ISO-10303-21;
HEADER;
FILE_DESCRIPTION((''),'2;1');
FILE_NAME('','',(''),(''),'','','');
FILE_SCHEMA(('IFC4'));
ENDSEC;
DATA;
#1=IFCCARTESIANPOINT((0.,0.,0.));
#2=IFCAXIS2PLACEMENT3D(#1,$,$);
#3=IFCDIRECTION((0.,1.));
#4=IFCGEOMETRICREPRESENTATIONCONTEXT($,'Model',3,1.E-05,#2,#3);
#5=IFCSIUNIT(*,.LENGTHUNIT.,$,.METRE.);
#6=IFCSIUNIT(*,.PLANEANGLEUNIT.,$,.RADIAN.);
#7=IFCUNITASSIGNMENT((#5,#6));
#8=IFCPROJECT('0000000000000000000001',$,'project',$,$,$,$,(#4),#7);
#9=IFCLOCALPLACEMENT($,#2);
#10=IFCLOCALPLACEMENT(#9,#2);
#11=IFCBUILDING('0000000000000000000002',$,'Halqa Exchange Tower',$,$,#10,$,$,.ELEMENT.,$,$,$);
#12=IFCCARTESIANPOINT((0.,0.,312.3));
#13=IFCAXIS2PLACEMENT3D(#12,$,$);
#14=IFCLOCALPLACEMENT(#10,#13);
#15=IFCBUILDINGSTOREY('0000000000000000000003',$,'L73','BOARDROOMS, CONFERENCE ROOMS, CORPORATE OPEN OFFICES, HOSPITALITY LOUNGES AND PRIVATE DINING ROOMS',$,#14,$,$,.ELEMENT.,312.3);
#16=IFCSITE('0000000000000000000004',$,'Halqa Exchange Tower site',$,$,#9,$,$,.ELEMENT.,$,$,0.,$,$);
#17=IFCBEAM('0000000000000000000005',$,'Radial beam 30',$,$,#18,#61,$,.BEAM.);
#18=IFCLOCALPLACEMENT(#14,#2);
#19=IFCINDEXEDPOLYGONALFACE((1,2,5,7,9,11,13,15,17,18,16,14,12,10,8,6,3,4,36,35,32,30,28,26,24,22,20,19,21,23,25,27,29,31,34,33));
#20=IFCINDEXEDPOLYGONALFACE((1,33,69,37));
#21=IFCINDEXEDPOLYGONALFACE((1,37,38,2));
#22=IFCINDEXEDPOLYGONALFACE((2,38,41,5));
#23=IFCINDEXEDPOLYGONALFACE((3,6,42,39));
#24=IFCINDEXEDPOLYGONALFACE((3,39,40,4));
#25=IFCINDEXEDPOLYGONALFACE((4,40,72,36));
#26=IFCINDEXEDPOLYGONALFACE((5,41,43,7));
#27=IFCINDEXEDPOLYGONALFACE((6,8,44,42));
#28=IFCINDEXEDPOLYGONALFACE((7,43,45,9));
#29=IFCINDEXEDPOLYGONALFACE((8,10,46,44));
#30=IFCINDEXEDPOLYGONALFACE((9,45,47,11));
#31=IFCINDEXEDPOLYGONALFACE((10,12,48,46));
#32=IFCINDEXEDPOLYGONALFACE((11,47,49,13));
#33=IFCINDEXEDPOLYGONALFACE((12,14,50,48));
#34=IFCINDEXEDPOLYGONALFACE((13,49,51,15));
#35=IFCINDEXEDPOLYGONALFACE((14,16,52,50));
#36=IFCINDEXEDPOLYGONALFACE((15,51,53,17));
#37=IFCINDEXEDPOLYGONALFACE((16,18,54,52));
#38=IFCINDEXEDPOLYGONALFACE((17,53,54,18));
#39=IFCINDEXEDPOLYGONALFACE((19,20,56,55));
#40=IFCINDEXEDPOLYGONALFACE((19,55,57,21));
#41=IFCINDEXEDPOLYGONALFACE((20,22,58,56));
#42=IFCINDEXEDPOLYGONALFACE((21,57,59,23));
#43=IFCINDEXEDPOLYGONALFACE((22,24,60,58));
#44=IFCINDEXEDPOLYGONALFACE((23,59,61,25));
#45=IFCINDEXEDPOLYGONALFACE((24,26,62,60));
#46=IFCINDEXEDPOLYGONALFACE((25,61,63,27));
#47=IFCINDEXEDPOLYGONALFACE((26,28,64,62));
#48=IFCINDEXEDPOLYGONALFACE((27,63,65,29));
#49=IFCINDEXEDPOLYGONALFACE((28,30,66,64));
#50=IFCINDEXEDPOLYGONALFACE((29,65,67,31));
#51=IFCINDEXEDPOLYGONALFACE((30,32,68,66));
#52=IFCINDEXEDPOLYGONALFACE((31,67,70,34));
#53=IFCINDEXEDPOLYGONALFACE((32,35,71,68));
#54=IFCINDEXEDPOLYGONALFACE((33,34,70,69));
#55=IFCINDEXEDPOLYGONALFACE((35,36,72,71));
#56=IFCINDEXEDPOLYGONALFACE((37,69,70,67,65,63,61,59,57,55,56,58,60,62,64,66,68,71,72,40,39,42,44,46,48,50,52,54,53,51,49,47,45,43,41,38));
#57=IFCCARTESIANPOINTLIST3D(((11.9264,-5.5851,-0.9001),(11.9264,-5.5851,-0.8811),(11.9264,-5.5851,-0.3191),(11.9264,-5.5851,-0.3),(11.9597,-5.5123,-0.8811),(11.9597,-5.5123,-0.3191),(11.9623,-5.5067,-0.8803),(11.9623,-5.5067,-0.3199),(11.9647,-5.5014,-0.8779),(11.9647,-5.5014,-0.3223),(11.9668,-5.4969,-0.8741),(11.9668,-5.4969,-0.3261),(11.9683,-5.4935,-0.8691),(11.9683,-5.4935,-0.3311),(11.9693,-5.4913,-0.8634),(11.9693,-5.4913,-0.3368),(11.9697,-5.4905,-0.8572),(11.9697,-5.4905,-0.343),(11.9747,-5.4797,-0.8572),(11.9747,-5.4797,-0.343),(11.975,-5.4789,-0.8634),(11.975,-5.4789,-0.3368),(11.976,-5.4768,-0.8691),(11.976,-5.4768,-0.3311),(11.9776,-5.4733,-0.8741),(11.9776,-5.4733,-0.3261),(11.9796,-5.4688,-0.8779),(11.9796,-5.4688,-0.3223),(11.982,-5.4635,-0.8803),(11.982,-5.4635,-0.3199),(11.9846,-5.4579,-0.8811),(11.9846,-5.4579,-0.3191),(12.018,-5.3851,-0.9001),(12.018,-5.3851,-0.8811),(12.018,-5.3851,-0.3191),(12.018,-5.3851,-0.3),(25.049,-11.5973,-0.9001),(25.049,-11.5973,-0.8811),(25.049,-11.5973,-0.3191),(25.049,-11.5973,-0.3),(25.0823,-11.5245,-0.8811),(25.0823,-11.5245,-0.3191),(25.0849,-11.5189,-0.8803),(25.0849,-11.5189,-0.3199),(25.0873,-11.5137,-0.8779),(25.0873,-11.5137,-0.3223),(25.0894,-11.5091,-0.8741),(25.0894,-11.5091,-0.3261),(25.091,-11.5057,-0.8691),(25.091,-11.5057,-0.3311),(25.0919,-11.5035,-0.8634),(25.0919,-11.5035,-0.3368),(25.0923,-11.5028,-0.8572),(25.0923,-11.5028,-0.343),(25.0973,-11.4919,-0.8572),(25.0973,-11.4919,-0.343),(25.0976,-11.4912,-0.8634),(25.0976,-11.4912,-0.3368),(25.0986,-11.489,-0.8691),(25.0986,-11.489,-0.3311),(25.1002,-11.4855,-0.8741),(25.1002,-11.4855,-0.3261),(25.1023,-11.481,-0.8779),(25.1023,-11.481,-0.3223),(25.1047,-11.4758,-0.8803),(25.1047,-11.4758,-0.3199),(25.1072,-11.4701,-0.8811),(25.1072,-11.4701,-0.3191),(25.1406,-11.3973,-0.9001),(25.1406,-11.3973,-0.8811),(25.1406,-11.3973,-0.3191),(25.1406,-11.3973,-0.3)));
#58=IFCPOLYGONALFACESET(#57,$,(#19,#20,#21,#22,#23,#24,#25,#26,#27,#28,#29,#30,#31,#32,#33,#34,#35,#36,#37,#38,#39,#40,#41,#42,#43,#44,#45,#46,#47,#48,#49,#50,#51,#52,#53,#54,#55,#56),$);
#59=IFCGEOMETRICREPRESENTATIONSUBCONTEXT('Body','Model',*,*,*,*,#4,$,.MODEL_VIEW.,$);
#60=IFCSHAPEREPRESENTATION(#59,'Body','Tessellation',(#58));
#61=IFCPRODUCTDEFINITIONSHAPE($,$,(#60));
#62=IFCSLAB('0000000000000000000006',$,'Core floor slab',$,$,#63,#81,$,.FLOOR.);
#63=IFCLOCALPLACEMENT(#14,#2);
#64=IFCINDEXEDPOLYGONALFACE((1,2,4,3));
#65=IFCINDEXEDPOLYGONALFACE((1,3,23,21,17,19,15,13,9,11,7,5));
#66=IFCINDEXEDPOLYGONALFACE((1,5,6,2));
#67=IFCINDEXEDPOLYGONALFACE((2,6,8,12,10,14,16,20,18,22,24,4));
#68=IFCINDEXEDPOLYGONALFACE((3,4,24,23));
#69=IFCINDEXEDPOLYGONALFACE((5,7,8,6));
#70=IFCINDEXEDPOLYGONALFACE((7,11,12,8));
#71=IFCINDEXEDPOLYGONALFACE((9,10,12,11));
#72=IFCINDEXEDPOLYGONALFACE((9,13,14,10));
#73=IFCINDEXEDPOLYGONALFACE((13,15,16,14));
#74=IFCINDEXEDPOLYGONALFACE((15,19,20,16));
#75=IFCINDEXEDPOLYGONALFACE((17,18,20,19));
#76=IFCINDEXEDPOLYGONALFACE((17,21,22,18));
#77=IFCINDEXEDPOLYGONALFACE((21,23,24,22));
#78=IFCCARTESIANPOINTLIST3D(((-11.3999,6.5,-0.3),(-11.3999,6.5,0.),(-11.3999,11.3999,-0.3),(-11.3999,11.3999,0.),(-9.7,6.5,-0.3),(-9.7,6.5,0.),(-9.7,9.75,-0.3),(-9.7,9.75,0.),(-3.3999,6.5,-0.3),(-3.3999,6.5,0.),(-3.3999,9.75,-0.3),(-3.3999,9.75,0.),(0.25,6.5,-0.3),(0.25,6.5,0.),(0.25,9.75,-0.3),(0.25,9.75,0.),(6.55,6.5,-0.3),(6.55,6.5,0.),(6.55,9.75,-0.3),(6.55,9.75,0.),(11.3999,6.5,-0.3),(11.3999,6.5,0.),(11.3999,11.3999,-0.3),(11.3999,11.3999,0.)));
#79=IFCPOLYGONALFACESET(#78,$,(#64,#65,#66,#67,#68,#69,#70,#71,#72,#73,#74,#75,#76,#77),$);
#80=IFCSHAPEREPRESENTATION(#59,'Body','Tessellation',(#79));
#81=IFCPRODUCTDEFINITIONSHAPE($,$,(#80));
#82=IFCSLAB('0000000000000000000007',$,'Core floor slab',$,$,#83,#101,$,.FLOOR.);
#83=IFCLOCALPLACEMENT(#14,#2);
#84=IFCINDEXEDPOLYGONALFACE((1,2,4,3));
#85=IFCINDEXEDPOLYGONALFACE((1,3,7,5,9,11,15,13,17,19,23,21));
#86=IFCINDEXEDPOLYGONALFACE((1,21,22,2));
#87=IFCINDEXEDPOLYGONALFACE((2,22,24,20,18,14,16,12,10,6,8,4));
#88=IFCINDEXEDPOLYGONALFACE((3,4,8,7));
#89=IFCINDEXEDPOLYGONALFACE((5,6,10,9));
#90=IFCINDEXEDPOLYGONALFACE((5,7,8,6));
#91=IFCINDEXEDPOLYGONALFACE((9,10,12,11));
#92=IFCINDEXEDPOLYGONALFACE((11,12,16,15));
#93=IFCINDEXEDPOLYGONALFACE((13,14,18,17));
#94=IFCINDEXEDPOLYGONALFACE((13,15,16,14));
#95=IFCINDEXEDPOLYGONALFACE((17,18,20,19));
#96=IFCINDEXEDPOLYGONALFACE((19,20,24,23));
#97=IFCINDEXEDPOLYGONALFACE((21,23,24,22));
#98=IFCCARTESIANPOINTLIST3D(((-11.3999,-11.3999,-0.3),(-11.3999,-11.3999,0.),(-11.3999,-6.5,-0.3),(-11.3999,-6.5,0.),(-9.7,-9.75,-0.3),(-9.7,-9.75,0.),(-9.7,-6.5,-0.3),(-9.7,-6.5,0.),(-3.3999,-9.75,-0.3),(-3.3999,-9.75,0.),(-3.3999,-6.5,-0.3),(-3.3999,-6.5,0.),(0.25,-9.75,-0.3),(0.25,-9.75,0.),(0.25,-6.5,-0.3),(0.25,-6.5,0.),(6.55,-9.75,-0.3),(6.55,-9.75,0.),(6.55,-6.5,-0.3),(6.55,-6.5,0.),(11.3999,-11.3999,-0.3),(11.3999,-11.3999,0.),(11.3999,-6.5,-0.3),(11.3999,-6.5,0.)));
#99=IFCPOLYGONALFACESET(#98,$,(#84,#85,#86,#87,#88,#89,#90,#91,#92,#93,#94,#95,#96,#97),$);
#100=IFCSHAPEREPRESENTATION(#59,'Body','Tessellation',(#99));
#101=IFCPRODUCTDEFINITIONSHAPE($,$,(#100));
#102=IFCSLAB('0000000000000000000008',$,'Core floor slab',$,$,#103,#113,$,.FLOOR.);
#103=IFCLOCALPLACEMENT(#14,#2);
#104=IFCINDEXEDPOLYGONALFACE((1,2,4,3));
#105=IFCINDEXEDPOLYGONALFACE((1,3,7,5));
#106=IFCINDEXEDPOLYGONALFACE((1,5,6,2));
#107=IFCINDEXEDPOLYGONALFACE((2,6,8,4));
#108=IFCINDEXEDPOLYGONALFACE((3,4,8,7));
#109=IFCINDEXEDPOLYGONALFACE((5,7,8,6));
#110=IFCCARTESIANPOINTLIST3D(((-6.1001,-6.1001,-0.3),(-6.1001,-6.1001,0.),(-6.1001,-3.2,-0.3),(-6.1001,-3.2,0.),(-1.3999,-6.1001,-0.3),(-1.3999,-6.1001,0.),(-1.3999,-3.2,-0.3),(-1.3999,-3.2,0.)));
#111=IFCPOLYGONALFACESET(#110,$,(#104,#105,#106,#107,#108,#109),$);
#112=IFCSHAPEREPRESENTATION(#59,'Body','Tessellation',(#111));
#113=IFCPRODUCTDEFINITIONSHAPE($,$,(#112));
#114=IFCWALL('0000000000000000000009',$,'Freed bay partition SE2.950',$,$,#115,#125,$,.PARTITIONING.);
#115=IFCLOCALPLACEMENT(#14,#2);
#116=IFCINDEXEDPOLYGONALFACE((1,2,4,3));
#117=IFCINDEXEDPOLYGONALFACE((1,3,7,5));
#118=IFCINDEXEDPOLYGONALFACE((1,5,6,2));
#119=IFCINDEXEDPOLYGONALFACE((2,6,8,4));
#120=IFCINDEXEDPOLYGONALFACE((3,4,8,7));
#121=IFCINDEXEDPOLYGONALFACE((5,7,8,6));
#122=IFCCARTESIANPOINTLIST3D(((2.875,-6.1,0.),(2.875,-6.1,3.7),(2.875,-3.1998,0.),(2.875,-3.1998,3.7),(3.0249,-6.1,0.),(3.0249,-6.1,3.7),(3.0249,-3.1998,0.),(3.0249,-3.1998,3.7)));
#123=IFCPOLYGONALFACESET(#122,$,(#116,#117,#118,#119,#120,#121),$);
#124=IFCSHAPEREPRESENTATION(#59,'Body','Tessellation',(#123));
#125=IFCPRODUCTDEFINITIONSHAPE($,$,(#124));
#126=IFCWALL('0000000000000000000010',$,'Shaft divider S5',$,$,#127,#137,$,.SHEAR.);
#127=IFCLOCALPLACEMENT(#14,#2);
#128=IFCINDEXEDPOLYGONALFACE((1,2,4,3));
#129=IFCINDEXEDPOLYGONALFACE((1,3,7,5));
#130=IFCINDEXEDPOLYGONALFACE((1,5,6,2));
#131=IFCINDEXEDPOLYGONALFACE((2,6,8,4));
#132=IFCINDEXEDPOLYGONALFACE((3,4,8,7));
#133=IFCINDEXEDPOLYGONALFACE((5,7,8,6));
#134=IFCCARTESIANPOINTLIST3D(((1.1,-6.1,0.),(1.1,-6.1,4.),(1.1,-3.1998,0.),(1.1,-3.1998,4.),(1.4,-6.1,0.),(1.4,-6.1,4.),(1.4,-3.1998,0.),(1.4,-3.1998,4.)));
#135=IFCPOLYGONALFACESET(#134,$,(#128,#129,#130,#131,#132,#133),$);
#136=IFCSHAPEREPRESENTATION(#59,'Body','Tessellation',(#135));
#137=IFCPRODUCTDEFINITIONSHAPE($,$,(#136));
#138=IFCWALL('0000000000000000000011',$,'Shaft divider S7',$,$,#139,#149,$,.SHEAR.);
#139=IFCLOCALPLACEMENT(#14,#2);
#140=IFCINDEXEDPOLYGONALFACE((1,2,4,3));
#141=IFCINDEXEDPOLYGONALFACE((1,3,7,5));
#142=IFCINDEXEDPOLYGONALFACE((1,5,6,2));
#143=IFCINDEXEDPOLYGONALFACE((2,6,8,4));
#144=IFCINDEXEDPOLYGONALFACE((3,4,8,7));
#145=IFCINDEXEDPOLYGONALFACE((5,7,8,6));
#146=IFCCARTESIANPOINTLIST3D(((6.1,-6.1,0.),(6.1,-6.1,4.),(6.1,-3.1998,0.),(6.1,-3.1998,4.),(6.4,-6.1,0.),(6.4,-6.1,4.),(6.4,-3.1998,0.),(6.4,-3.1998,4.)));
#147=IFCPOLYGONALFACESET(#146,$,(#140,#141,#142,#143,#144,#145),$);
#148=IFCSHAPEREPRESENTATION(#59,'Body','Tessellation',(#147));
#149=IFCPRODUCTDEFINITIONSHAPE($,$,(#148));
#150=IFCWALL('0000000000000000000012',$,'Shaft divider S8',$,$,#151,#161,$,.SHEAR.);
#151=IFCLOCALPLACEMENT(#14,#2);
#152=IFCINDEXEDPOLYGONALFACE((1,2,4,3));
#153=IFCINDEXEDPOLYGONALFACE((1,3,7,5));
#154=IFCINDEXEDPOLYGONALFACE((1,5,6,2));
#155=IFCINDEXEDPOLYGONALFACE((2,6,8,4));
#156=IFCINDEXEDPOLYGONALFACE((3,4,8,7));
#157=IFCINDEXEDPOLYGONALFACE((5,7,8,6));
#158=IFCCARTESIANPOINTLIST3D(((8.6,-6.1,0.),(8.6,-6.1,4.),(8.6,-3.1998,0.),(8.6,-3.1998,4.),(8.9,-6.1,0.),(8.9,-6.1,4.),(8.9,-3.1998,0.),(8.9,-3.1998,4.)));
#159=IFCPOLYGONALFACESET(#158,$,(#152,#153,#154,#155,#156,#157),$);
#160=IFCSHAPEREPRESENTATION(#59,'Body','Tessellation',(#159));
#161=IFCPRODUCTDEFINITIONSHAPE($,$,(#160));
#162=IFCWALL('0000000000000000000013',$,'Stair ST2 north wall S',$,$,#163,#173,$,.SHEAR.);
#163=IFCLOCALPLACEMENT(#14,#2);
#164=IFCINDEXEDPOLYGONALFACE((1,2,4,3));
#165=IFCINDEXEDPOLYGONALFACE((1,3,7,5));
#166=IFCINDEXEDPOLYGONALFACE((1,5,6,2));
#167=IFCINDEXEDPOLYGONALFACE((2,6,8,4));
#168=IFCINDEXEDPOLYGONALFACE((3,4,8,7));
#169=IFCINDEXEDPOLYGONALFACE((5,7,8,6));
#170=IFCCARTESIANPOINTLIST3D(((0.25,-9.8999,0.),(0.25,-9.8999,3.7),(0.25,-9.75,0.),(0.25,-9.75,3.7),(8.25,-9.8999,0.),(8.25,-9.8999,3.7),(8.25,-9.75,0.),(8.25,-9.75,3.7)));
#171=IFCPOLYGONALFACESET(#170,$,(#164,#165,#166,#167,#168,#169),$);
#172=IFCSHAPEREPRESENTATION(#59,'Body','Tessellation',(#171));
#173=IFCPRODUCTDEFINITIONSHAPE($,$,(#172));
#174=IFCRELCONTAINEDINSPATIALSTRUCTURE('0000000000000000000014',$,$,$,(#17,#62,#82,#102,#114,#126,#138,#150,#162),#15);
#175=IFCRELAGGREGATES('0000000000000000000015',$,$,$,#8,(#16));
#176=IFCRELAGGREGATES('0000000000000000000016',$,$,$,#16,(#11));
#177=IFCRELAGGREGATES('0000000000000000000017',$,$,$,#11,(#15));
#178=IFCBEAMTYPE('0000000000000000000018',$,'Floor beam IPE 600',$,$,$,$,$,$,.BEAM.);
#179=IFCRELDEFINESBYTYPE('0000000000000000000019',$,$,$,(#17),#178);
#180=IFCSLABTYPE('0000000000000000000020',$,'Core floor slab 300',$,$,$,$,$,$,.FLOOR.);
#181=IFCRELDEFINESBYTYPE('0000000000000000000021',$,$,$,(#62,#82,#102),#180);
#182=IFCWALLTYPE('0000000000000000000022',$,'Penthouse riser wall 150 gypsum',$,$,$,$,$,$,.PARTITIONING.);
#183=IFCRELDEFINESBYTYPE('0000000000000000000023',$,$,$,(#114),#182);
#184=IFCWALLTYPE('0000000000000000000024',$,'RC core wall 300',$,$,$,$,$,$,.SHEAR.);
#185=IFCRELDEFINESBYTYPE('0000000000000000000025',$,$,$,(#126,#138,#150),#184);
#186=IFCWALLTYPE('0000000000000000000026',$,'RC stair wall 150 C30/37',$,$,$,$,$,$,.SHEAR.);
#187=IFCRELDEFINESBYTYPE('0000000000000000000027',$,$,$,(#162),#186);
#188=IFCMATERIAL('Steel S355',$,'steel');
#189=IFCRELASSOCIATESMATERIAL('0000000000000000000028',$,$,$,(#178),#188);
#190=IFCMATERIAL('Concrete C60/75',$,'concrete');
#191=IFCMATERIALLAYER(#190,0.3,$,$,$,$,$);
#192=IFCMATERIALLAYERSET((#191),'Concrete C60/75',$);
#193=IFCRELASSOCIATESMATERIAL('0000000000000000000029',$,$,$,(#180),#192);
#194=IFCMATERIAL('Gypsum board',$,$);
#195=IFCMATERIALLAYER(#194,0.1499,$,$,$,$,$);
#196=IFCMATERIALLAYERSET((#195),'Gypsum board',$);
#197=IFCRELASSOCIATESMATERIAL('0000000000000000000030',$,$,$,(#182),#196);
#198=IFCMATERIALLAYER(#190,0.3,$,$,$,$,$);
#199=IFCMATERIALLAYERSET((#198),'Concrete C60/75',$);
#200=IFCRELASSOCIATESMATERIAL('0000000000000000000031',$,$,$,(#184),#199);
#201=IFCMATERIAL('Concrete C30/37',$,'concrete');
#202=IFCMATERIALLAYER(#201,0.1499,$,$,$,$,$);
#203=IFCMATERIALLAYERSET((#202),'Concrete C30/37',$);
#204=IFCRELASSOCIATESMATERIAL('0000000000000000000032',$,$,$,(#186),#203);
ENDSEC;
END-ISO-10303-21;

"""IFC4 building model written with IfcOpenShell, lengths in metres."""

from ifc_helpers import new_model, si_unit, direction, frame, frame_2d, origin, origin_2d, place, context, subcontext, project, spatial, polyline, rectangle, i_section, outline, extrude, material, layer, layer_set, material_profile, profile_set, type_object, element, save


model = new_model("IFC4")

# Units and contexts
model_context = context("Model", 3, precision=1e-05, world=origin(), true_north=direction((0.0, 1.0)))
body_context = subcontext(model_context, "Body", "Model", "MODEL_VIEW")
ifc_project = project(units=[si_unit("LENGTHUNIT", "METRE"), si_unit("PLANEANGLEUNIT", "RADIAN")], contexts=[model_context])

# Site, building, storey
site_placement = place(None, origin())
site = spatial("IfcSite", under=ifc_project, at=site_placement, Name="Halqa Exchange Tower site", CompositionType="ELEMENT", RefElevation=0.0)
building_placement = place(site_placement, origin())
building = spatial("IfcBuilding", under=site, at=building_placement, Name="Halqa Exchange Tower", CompositionType="ELEMENT")
storey_placement = place(building_placement, frame((0.0, 0.0, 312.3)))
storey = spatial("IfcBuildingStorey", under=building, at=storey_placement, Name="L73", Description="BOARDROOMS, CONFERENCE ROOMS, CORPORATE OPEN OFFICES, HOSPITALITY LOUNGES AND PRIVATE DINING ROOMS", CompositionType="ELEMENT", Elevation=312.3)

# Beam
ifc_material_1 = material(Name="Steel S355", Category="steel")
ifc_material_profile = material_profile(ifc_material_1, i_section(OverallWidth=0.22, OverallDepth=0.6001, WebThickness=0.012, FlangeThickness=0.019, FilletRadius=0.0239, at=origin_2d()), Name="IPE 600")
ifc_profile_set = profile_set([ifc_material_profile], Name="Steel S355")
beam_type = type_object("IfcBeamType", Name="Floor beam IPE 600", PredefinedType="BEAM", material=ifc_profile_set)
beam_placement = place(storey_placement, frame((11.9722, -5.4851, -0.6001), z_axis=(0.909125, -0.416523, 0.0), x_axis=(0.416523, 0.909125, 0.0)))
element("IfcBeam", 1, at=beam_placement, inside=storey, type_object=beam_type, Name="Radial beam 30", PredefinedType="BEAM", context=body_context, shape_type="SweptSolid", body=[
    extrude(i_section(OverallWidth=0.22, OverallDepth=0.6001, WebThickness=0.012, FlangeThickness=0.019, FilletRadius=0.0239, at=origin_2d()), origin(), (0.0, 0.0, 1.0), 14.4343),
])

# Slabs
ifc_material_2 = material(Name="Concrete C60/75", Category="concrete")
ifc_layer_1 = layer(ifc_material_2, 0.3)
ifc_layer_set_1 = layer_set([ifc_layer_1], Name="Concrete C60/75")
slab_type = type_object("IfcSlabType", Name="Core floor slab 300", PredefinedType="FLOOR", material=ifc_layer_set_1)
slab_1_placement = place(storey_placement, frame((0.0, 0.0, -0.3)))
element("IfcSlab", 2, at=slab_1_placement, inside=storey, type_object=slab_type, Name="Core floor slab", PredefinedType="FLOOR", context=body_context, shape_type="SweptSolid", body=[
    extrude(outline(polyline([(-11.3999, 11.3999), (11.3999, 11.3999), (11.3999, 6.5), (6.55, 6.5), (6.55, 9.75), (0.25, 9.75), (0.25, 6.5), (-3.3999, 6.5), (-3.3999, 9.75), (-9.7, 9.75), (-9.7, 6.5), (-11.3999, 6.5), (-11.3999, 11.3999)])), origin(), (0.0, 0.0, 1.0), 0.3),
])
slab_2_placement = place(storey_placement, frame((0.0, 0.0, -0.3)))
element("IfcSlab", 3, at=slab_2_placement, inside=storey, type_object=slab_type, Name="Core floor slab", PredefinedType="FLOOR", context=body_context, shape_type="SweptSolid", body=[
    extrude(outline(polyline([(-11.3999, -6.5), (-9.7, -6.5), (-9.7, -9.75), (-3.3999, -9.75), (-3.3999, -6.5), (0.25, -6.5), (0.25, -9.75), (6.55, -9.75), (6.55, -6.5), (11.3999, -6.5), (11.3999, -11.3999), (-11.3999, -11.3999), (-11.3999, -6.5)])), origin(), (0.0, 0.0, 1.0), 0.3),
])
slab_3_placement = place(storey_placement, frame((0.0, 0.0, -0.3)))
element("IfcSlab", 4, at=slab_3_placement, inside=storey, type_object=slab_type, Name="Core floor slab", PredefinedType="FLOOR", context=body_context, shape_type="SweptSolid", body=[
    extrude(outline(polyline([(-1.3999, -3.2), (-1.3999, -6.1001), (-6.1001, -6.1001), (-6.1001, -3.2), (-1.3999, -3.2)])), origin(), (0.0, 0.0, 1.0), 0.3),
])

# Walls
ifc_material_3 = material(Name="Gypsum board")
ifc_layer_2 = layer(ifc_material_3, 0.1499)
ifc_layer_set_2 = layer_set([ifc_layer_2], Name="Gypsum board")
wall_type_1 = type_object("IfcWallType", Name="Penthouse riser wall 150 gypsum", PredefinedType="PARTITIONING", material=ifc_layer_set_2)
wall_1_placement = place(storey_placement, frame((2.95, -6.1001, 0.0), z_axis=(0.0, 0.0, 1.0), x_axis=(0.0, 1.0, 0.0)))
element("IfcWall", 5, at=wall_1_placement, inside=storey, type_object=wall_type_1, Name="Freed bay partition SE2.950", PredefinedType="PARTITIONING", context=body_context, shape_type="SweptSolid", body=[
    extrude(rectangle(XDim=2.9001, YDim=0.1499, at=frame_2d((1.4502, 0.0))), origin(), (0.0, 0.0, 1.0), 3.7),
])
ifc_layer_3 = layer(ifc_material_2, 0.3)
ifc_layer_set_3 = layer_set([ifc_layer_3], Name="Concrete C60/75")
wall_type_2 = type_object("IfcWallType", Name="RC core wall 300", PredefinedType="SHEAR", material=ifc_layer_set_3)
for number, where, z_axis, x_axis, name in (
    (6, (1.25, -6.1001, 0.0), (0.0, 0.0, 1.0), (0.0, 1.0, 0.0), "Shaft divider S5"),
    (7, (6.25, -6.1001, 0.0), (0.0, 0.0, 1.0), (0.0, 1.0, 0.0), "Shaft divider S7"),
    (8, (8.75, -6.1001, 0.0), (0.0, 0.0, 1.0), (0.0, 1.0, 0.0), "Shaft divider S8"),
):
    element("IfcWall", number, at=place(storey_placement, frame(where, z_axis=z_axis, x_axis=x_axis)), inside=storey, type_object=wall_type_2, Name=name, PredefinedType="SHEAR", context=body_context, shape_type="SweptSolid", body=[
        extrude(rectangle(XDim=2.9001, YDim=0.3, at=frame_2d((1.4502, 0.0))), origin(), (0.0, 0.0, 1.0), 4.0),
    ])
ifc_material_4 = material(Name="Concrete C30/37", Category="concrete")
ifc_layer_4 = layer(ifc_material_4, 0.1499)
ifc_layer_set_4 = layer_set([ifc_layer_4], Name="Concrete C30/37")
wall_type_3 = type_object("IfcWallType", Name="RC stair wall 150 C30/37", PredefinedType="SHEAR", material=ifc_layer_set_4)
wall_2_placement = place(storey_placement, frame((0.25, -9.825, 0.0), z_axis=(0.0, 0.0, 1.0), x_axis=(1.0, 0.0, 0.0)))
element("IfcWall", 9, at=wall_2_placement, inside=storey, type_object=wall_type_3, Name="Stair ST2 north wall S", PredefinedType="SHEAR", context=body_context, shape_type="SweptSolid", body=[
    extrude(rectangle(XDim=8.0, YDim=0.1499, at=frame_2d((4.0, 0.0))), origin(), (0.0, 0.0, 1.0), 3.7),
])

save(model, "model.ifc")
